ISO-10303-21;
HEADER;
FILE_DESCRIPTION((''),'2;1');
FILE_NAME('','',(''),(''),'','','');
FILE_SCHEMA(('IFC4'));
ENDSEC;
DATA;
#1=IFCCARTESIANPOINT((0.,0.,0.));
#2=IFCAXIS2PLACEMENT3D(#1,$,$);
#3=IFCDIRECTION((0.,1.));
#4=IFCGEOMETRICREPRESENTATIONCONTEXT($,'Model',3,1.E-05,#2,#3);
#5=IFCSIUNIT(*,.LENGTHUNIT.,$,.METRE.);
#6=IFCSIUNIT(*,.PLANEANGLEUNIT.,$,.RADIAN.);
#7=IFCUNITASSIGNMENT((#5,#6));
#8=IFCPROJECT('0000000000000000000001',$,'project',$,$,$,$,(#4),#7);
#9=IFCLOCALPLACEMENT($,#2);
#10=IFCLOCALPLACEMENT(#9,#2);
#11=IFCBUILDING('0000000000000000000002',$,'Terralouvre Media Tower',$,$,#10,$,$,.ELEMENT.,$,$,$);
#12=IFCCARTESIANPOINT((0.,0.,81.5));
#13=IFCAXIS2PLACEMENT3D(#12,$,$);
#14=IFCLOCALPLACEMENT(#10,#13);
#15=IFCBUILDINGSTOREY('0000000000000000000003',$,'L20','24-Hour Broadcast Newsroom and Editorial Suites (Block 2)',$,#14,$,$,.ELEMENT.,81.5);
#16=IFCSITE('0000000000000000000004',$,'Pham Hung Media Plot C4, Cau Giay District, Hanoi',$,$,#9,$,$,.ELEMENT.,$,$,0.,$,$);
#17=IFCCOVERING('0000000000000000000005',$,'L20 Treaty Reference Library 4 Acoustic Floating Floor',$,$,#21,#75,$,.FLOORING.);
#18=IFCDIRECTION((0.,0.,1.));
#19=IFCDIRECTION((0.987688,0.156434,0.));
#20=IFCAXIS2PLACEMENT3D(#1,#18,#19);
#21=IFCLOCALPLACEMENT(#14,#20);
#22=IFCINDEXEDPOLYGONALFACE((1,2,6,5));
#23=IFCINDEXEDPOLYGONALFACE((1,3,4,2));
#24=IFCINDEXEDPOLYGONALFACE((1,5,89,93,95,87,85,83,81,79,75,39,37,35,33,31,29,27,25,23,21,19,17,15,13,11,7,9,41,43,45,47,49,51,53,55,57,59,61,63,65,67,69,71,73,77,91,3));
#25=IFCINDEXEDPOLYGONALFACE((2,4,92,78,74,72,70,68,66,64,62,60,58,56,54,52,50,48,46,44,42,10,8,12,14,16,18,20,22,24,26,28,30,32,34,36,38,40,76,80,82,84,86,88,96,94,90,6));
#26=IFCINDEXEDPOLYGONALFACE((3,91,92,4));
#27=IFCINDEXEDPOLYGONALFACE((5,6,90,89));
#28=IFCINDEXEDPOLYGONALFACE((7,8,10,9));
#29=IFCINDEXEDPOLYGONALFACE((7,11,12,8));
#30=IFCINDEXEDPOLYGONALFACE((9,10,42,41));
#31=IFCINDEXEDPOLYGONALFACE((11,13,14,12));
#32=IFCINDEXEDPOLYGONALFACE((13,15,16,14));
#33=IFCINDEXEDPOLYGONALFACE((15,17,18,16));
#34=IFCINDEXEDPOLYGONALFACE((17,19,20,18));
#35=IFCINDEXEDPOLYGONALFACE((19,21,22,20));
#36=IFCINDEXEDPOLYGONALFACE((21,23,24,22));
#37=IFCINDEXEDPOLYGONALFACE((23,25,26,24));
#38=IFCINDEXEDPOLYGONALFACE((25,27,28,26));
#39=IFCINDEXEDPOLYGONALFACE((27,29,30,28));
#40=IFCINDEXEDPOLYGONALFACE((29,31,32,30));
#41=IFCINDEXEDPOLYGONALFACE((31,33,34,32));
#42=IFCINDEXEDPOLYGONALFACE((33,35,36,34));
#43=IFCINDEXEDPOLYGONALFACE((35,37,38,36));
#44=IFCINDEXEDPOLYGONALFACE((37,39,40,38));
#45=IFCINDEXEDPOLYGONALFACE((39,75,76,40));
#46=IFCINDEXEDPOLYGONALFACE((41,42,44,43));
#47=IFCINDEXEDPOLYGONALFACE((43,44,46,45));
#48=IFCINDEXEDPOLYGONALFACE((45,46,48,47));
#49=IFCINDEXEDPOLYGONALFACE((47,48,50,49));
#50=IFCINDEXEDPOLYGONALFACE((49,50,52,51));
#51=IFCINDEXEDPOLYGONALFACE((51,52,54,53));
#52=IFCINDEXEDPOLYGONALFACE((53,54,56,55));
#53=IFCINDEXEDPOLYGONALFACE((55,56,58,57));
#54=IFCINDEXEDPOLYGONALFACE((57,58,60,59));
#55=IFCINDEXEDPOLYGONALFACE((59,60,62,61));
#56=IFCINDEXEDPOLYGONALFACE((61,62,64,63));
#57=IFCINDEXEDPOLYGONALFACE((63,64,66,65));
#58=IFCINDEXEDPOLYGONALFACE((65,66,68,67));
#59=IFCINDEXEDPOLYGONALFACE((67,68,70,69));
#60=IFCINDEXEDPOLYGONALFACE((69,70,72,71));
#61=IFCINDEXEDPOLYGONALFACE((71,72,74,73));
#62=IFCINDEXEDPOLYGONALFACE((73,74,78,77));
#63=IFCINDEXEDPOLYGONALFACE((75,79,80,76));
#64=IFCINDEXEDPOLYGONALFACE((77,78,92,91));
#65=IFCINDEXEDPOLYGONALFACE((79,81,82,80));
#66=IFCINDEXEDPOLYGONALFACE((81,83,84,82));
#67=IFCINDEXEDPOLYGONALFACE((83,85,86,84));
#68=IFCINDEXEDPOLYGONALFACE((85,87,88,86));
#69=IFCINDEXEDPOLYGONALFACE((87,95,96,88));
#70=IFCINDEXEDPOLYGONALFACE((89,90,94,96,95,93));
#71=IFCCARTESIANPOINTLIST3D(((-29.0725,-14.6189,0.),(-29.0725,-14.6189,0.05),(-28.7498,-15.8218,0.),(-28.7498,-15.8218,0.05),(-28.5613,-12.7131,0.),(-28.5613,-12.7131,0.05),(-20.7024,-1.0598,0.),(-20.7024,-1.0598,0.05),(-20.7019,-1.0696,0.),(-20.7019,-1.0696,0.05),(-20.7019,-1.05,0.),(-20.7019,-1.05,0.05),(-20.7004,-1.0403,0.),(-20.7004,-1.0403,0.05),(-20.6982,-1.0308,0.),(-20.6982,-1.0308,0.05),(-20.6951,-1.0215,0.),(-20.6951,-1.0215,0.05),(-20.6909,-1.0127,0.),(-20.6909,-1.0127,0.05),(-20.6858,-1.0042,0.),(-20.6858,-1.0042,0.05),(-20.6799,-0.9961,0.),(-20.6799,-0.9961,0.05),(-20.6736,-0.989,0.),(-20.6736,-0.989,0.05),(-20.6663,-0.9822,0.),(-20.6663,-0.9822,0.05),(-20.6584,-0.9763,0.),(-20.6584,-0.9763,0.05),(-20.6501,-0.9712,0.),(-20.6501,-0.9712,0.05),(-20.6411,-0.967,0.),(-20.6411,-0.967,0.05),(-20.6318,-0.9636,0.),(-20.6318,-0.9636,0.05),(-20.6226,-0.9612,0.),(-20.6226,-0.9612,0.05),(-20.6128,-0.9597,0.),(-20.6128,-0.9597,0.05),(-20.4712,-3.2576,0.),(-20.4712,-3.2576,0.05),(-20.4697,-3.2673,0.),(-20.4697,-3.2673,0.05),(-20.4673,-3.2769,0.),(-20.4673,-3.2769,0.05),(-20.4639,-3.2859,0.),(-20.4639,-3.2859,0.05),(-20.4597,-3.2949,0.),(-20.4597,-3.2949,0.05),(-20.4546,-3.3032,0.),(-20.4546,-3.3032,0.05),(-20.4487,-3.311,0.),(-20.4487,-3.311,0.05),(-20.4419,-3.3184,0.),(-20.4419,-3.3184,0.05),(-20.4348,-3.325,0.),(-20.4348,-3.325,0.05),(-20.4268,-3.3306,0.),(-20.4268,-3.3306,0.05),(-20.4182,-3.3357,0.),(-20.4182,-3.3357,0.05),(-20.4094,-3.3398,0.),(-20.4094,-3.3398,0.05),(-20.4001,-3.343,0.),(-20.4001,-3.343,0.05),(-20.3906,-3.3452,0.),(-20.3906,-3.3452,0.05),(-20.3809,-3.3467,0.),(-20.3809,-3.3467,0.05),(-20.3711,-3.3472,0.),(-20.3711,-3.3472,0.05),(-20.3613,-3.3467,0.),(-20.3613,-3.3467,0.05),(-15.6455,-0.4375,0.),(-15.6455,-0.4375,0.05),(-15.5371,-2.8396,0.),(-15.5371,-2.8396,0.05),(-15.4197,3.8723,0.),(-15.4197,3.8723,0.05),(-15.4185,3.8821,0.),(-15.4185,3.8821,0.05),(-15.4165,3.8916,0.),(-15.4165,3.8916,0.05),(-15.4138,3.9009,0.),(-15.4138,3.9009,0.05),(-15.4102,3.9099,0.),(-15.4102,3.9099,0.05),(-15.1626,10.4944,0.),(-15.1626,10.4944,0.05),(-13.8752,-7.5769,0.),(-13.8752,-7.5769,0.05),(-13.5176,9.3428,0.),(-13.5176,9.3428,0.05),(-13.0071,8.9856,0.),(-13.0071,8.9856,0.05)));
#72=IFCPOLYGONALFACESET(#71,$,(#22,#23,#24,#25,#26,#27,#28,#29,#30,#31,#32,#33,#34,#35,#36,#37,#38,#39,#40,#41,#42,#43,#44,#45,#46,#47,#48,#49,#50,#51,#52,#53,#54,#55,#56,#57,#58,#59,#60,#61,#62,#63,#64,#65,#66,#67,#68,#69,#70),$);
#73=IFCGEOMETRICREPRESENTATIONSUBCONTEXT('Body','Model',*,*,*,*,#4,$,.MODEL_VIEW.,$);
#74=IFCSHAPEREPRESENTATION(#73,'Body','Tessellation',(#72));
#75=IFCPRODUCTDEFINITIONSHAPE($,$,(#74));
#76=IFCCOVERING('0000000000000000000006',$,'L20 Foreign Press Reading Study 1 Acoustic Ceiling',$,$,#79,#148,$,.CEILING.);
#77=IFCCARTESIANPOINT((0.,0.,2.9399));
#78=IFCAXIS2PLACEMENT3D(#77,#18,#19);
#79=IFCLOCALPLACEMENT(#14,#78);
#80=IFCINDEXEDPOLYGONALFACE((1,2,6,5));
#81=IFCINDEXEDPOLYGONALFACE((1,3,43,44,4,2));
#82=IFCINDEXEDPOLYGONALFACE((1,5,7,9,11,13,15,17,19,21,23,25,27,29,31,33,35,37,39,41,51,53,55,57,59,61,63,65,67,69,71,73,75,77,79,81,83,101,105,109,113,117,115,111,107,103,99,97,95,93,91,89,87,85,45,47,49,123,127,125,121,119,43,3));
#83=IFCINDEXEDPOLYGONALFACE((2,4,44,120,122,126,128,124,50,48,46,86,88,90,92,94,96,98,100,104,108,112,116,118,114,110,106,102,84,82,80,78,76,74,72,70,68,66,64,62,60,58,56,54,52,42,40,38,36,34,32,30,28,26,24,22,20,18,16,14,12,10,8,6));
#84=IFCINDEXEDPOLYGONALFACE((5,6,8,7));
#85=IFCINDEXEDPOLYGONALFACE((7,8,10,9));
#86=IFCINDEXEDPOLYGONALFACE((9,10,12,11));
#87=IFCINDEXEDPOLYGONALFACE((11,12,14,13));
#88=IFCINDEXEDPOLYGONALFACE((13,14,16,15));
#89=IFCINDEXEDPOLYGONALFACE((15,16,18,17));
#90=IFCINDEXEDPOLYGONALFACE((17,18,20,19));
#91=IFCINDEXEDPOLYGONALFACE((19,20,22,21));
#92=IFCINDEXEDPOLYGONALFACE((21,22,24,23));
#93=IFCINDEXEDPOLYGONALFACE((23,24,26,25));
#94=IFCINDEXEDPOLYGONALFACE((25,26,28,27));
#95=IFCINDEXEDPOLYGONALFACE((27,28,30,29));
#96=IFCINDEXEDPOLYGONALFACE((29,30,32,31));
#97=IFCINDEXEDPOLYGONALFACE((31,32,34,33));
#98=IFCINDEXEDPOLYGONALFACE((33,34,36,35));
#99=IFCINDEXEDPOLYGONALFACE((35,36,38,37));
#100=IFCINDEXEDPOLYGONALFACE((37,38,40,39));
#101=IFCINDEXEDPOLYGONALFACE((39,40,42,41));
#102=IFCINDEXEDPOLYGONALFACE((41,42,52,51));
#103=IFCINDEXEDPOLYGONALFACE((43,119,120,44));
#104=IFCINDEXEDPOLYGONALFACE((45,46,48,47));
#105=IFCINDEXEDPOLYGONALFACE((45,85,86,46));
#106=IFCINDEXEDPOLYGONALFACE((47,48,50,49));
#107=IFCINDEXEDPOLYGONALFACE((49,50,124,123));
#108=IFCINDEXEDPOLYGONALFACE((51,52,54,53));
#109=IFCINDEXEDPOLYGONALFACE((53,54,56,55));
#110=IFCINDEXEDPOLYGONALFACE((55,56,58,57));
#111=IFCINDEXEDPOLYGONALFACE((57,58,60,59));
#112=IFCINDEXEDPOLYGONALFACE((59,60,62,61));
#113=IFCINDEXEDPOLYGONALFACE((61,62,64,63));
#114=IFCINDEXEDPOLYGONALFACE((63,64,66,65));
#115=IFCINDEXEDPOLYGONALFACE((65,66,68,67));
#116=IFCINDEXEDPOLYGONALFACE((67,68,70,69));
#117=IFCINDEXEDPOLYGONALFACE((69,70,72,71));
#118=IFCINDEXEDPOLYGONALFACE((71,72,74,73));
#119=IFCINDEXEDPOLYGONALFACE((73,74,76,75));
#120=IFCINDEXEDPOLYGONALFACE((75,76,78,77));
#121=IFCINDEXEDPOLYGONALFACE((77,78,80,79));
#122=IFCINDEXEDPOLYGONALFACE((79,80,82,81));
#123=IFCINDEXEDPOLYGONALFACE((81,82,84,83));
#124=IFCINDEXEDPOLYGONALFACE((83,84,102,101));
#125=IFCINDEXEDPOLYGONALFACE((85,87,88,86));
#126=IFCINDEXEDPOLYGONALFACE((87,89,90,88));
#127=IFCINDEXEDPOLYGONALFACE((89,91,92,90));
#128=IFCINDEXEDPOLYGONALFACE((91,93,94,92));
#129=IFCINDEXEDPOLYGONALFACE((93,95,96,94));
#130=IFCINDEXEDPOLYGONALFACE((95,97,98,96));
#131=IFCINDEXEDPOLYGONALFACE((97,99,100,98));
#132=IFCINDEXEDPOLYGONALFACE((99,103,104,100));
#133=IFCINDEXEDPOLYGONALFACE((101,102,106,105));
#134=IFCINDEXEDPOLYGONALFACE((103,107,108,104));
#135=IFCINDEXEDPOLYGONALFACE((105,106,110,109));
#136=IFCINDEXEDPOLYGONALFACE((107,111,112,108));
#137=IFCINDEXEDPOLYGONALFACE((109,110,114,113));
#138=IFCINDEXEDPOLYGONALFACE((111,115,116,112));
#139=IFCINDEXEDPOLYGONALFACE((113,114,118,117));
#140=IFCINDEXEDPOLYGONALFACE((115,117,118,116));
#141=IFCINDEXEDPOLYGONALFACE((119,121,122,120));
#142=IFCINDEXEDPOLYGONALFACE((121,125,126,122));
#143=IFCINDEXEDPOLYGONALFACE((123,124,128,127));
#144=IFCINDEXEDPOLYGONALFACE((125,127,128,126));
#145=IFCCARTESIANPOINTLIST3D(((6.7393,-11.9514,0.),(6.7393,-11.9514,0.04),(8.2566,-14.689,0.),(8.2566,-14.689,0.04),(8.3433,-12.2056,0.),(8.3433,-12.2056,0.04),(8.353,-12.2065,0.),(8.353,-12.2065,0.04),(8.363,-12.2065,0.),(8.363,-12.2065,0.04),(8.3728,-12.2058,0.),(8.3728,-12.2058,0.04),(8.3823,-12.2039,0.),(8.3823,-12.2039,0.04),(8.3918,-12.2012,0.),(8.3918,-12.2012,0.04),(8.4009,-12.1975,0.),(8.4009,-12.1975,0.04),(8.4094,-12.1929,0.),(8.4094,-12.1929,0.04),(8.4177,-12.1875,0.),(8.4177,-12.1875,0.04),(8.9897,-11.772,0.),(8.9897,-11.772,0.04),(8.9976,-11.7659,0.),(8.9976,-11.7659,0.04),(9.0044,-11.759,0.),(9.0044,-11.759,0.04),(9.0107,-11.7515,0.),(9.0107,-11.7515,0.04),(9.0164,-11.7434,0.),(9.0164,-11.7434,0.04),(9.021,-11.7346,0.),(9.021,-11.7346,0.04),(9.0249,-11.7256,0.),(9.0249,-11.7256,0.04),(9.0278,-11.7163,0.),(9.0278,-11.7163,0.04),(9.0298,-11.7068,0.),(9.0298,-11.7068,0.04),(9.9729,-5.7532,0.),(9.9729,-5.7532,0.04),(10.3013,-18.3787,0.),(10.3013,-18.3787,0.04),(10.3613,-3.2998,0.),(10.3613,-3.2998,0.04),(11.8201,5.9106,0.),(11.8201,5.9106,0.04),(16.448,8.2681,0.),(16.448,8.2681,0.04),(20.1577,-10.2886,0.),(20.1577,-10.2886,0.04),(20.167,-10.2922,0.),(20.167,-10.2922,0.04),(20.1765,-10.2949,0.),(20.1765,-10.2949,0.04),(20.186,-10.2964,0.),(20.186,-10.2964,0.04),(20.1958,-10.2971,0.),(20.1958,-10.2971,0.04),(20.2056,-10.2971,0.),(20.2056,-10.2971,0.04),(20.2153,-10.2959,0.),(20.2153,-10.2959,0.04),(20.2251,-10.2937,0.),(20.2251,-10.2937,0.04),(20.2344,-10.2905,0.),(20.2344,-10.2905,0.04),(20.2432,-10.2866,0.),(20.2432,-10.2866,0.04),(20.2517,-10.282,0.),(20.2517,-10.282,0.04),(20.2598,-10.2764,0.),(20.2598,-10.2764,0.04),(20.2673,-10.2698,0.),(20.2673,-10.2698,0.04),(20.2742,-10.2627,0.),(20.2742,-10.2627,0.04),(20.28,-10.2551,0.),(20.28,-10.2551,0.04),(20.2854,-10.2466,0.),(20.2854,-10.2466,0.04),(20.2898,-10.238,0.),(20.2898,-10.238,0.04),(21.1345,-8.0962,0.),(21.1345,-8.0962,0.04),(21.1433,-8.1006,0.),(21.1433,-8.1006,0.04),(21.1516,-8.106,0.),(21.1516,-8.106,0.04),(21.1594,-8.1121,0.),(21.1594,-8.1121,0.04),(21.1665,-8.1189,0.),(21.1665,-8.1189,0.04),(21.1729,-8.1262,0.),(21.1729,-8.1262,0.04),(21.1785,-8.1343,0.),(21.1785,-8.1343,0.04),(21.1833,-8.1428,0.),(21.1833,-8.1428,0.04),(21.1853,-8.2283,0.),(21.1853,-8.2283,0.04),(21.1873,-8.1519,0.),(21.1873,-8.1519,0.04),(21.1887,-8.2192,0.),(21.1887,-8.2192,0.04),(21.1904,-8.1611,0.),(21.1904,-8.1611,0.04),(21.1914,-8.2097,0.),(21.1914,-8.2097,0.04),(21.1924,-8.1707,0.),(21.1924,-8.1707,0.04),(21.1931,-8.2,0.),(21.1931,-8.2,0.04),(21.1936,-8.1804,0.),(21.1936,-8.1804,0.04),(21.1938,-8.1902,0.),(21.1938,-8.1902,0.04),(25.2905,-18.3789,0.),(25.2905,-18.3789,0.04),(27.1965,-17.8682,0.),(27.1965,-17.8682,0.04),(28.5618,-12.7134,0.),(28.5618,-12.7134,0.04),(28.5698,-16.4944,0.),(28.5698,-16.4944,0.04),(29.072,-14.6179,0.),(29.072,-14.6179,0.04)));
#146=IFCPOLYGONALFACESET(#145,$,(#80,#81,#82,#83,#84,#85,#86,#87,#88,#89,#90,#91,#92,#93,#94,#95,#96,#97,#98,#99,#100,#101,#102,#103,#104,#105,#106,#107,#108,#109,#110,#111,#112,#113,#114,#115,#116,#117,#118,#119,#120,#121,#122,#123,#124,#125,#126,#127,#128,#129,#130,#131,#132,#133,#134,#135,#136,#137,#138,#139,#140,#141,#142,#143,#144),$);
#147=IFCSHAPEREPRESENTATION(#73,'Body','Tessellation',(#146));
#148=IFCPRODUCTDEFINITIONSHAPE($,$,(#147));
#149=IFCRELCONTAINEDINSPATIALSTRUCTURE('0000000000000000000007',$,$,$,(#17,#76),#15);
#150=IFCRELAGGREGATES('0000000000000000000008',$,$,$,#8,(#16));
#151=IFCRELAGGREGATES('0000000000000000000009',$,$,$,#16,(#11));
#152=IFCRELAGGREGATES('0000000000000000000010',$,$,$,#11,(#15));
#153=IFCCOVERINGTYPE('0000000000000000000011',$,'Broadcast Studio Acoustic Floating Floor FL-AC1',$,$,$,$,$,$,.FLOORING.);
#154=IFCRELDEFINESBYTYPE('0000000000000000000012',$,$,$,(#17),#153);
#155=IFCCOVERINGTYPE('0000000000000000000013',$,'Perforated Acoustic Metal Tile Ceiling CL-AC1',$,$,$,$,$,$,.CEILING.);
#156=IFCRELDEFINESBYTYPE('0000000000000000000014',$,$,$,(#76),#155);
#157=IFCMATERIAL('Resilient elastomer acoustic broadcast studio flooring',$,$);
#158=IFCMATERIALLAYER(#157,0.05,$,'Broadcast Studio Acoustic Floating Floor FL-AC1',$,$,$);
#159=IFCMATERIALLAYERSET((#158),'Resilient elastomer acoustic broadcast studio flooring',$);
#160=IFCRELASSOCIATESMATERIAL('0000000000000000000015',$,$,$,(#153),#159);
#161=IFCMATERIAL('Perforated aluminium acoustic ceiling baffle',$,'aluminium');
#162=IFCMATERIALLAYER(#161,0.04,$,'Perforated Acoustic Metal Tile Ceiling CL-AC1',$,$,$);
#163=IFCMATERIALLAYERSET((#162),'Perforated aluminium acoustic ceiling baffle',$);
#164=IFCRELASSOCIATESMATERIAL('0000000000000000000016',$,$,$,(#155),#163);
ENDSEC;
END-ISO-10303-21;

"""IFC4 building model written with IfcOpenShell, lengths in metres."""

from ifc_helpers import new_model, si_unit, direction, frame, origin, place, context, subcontext, project, spatial, polyline, outline, extrude, material, layer, layer_set, type_object, element, save


model = new_model("IFC4")

# Units and contexts
model_context = context("Model", 3, precision=1e-05, world=origin(), true_north=direction((0.0, 1.0)))
body_context = subcontext(model_context, "Body", "Model", "MODEL_VIEW")
ifc_project = project(units=[si_unit("LENGTHUNIT", "METRE"), si_unit("PLANEANGLEUNIT", "RADIAN")], contexts=[model_context])

# Site, building, storey
site_placement = place(None, origin())
site = spatial("IfcSite", under=ifc_project, at=site_placement, Name="Pham Hung Media Plot C4, Cau Giay District, Hanoi", CompositionType="ELEMENT", RefElevation=0.0)
building_placement = place(site_placement, origin())
building = spatial("IfcBuilding", under=site, at=building_placement, Name="Terralouvre Media Tower", CompositionType="ELEMENT")
storey_placement = place(building_placement, frame((0.0, 0.0, 81.5)))
storey = spatial("IfcBuildingStorey", under=building, at=storey_placement, Name="L20", Description="24-Hour Broadcast Newsroom and Editorial Suites (Block 2)", CompositionType="ELEMENT", Elevation=81.5)

# Coverings
ifc_material_1 = material(Name="Resilient elastomer acoustic broadcast studio flooring")
ifc_layer_1 = layer(ifc_material_1, 0.05, Name="Broadcast Studio Acoustic Floating Floor FL-AC1")
ifc_layer_set_1 = layer_set([ifc_layer_1], Name="Resilient elastomer acoustic broadcast studio flooring")
covering_type_1 = type_object("IfcCoveringType", Name="Broadcast Studio Acoustic Floating Floor FL-AC1", PredefinedType="FLOORING", material=ifc_layer_set_1)
covering_1_placement = place(storey_placement, frame((0.0, 0.0, 0.0), z_axis=(0.0, 0.0, 1.0), x_axis=(0.987688, 0.156434, 0.0)))
element("IfcCovering", 1, at=covering_1_placement, inside=storey, type_object=covering_type_1, Name="L20 Treaty Reference Library 4 Acoustic Floating Floor", PredefinedType="FLOORING", context=body_context, shape_type="SweptSolid", body=[
    extrude(outline(polyline([(-15.5371, -2.8396), (-20.3613, -3.3467), (-20.3711, -3.3472), (-20.3809, -3.3467), (-20.3906, -3.3452), (-20.4001, -3.343), (-20.4094, -3.3398), (-20.4182, -3.3357), (-20.4268, -3.3306), (-20.4348, -3.325), (-20.4419, -3.3184), (-20.4487, -3.311), (-20.4546, -3.3032), (-20.4597, -3.2949), (-20.4639, -3.2859), (-20.4673, -3.2769), (-20.4697, -3.2673), (-20.4712, -3.2576), (-20.7019, -1.0696), (-20.7024, -1.0598), (-20.7019, -1.05), (-20.7004, -1.0403), (-20.6982, -1.0308), (-20.6951, -1.0215), (-20.6909, -1.0127), (-20.6858, -1.0042), (-20.6799, -0.9961), (-20.6736, -0.989), (-20.6663, -0.9822), (-20.6584, -0.9763), (-20.6501, -0.9712), (-20.6411, -0.967), (-20.6318, -0.9636), (-20.6226, -0.9612), (-20.6128, -0.9597), (-15.6455, -0.4375), (-15.4197, 3.8723), (-15.4185, 3.8821), (-15.4165, 3.8916), (-15.4138, 3.9009), (-15.4102, 3.9099), (-13.0071, 8.9856), (-13.5176, 9.3428), (-15.1626, 10.4944), (-28.5613, -12.7131), (-29.0725, -14.6189), (-28.7498, -15.8218), (-13.8752, -7.5769), (-15.5371, -2.8396)])), origin(), (0.0, 0.0, 1.0), 0.05),
])
ifc_material_2 = material(Name="Perforated aluminium acoustic ceiling baffle", Category="aluminium")
ifc_layer_2 = layer(ifc_material_2, 0.04, Name="Perforated Acoustic Metal Tile Ceiling CL-AC1")
ifc_layer_set_2 = layer_set([ifc_layer_2], Name="Perforated aluminium acoustic ceiling baffle")
covering_type_2 = type_object("IfcCoveringType", Name="Perforated Acoustic Metal Tile Ceiling CL-AC1", PredefinedType="CEILING", material=ifc_layer_set_2)
covering_2_placement = place(storey_placement, frame((0.0, 0.0, 2.9399), z_axis=(0.0, 0.0, 1.0), x_axis=(0.987688, 0.156434, 0.0)))
element("IfcCovering", 2, at=covering_2_placement, inside=storey, type_object=covering_type_2, Name="L20 Foreign Press Reading Study 1 Acoustic Ceiling", PredefinedType="CEILING", context=body_context, shape_type="SweptSolid", body=[
    extrude(outline(polyline([(10.3613, -3.2998), (21.1345, -8.0962), (21.1433, -8.1006), (21.1516, -8.106), (21.1594, -8.1121), (21.1665, -8.1189), (21.1729, -8.1262), (21.1785, -8.1343), (21.1833, -8.1428), (21.1873, -8.1519), (21.1904, -8.1611), (21.1924, -8.1707), (21.1936, -8.1804), (21.1938, -8.1902), (21.1931, -8.2), (21.1914, -8.2097), (21.1887, -8.2192), (21.1853, -8.2283), (20.2898, -10.238), (20.2854, -10.2466), (20.28, -10.2551), (20.2742, -10.2627), (20.2673, -10.2698), (20.2598, -10.2764), (20.2517, -10.282), (20.2432, -10.2866), (20.2344, -10.2905), (20.2251, -10.2937), (20.2153, -10.2959), (20.2056, -10.2971), (20.1958, -10.2971), (20.186, -10.2964), (20.1765, -10.2949), (20.167, -10.2922), (20.1577, -10.2886), (9.9729, -5.7532), (9.0298, -11.7068), (9.0278, -11.7163), (9.0249, -11.7256), (9.021, -11.7346), (9.0164, -11.7434), (9.0107, -11.7515), (9.0044, -11.759), (8.9976, -11.7659), (8.9897, -11.772), (8.4177, -12.1875), (8.4094, -12.1929), (8.4009, -12.1975), (8.3918, -12.2012), (8.3823, -12.2039), (8.3728, -12.2058), (8.363, -12.2065), (8.353, -12.2065), (8.3433, -12.2056), (6.7393, -11.9514), (8.2566, -14.689), (10.3013, -18.3787), (25.2905, -18.3789), (27.1965, -17.8682), (28.5698, -16.4944), (29.072, -14.6179), (28.5618, -12.7134), (16.448, 8.2681), (11.8201, 5.9106), (10.3613, -3.2998)])), origin(), (0.0, 0.0, 1.0), 0.04),
])

save(model, "model.ifc")
